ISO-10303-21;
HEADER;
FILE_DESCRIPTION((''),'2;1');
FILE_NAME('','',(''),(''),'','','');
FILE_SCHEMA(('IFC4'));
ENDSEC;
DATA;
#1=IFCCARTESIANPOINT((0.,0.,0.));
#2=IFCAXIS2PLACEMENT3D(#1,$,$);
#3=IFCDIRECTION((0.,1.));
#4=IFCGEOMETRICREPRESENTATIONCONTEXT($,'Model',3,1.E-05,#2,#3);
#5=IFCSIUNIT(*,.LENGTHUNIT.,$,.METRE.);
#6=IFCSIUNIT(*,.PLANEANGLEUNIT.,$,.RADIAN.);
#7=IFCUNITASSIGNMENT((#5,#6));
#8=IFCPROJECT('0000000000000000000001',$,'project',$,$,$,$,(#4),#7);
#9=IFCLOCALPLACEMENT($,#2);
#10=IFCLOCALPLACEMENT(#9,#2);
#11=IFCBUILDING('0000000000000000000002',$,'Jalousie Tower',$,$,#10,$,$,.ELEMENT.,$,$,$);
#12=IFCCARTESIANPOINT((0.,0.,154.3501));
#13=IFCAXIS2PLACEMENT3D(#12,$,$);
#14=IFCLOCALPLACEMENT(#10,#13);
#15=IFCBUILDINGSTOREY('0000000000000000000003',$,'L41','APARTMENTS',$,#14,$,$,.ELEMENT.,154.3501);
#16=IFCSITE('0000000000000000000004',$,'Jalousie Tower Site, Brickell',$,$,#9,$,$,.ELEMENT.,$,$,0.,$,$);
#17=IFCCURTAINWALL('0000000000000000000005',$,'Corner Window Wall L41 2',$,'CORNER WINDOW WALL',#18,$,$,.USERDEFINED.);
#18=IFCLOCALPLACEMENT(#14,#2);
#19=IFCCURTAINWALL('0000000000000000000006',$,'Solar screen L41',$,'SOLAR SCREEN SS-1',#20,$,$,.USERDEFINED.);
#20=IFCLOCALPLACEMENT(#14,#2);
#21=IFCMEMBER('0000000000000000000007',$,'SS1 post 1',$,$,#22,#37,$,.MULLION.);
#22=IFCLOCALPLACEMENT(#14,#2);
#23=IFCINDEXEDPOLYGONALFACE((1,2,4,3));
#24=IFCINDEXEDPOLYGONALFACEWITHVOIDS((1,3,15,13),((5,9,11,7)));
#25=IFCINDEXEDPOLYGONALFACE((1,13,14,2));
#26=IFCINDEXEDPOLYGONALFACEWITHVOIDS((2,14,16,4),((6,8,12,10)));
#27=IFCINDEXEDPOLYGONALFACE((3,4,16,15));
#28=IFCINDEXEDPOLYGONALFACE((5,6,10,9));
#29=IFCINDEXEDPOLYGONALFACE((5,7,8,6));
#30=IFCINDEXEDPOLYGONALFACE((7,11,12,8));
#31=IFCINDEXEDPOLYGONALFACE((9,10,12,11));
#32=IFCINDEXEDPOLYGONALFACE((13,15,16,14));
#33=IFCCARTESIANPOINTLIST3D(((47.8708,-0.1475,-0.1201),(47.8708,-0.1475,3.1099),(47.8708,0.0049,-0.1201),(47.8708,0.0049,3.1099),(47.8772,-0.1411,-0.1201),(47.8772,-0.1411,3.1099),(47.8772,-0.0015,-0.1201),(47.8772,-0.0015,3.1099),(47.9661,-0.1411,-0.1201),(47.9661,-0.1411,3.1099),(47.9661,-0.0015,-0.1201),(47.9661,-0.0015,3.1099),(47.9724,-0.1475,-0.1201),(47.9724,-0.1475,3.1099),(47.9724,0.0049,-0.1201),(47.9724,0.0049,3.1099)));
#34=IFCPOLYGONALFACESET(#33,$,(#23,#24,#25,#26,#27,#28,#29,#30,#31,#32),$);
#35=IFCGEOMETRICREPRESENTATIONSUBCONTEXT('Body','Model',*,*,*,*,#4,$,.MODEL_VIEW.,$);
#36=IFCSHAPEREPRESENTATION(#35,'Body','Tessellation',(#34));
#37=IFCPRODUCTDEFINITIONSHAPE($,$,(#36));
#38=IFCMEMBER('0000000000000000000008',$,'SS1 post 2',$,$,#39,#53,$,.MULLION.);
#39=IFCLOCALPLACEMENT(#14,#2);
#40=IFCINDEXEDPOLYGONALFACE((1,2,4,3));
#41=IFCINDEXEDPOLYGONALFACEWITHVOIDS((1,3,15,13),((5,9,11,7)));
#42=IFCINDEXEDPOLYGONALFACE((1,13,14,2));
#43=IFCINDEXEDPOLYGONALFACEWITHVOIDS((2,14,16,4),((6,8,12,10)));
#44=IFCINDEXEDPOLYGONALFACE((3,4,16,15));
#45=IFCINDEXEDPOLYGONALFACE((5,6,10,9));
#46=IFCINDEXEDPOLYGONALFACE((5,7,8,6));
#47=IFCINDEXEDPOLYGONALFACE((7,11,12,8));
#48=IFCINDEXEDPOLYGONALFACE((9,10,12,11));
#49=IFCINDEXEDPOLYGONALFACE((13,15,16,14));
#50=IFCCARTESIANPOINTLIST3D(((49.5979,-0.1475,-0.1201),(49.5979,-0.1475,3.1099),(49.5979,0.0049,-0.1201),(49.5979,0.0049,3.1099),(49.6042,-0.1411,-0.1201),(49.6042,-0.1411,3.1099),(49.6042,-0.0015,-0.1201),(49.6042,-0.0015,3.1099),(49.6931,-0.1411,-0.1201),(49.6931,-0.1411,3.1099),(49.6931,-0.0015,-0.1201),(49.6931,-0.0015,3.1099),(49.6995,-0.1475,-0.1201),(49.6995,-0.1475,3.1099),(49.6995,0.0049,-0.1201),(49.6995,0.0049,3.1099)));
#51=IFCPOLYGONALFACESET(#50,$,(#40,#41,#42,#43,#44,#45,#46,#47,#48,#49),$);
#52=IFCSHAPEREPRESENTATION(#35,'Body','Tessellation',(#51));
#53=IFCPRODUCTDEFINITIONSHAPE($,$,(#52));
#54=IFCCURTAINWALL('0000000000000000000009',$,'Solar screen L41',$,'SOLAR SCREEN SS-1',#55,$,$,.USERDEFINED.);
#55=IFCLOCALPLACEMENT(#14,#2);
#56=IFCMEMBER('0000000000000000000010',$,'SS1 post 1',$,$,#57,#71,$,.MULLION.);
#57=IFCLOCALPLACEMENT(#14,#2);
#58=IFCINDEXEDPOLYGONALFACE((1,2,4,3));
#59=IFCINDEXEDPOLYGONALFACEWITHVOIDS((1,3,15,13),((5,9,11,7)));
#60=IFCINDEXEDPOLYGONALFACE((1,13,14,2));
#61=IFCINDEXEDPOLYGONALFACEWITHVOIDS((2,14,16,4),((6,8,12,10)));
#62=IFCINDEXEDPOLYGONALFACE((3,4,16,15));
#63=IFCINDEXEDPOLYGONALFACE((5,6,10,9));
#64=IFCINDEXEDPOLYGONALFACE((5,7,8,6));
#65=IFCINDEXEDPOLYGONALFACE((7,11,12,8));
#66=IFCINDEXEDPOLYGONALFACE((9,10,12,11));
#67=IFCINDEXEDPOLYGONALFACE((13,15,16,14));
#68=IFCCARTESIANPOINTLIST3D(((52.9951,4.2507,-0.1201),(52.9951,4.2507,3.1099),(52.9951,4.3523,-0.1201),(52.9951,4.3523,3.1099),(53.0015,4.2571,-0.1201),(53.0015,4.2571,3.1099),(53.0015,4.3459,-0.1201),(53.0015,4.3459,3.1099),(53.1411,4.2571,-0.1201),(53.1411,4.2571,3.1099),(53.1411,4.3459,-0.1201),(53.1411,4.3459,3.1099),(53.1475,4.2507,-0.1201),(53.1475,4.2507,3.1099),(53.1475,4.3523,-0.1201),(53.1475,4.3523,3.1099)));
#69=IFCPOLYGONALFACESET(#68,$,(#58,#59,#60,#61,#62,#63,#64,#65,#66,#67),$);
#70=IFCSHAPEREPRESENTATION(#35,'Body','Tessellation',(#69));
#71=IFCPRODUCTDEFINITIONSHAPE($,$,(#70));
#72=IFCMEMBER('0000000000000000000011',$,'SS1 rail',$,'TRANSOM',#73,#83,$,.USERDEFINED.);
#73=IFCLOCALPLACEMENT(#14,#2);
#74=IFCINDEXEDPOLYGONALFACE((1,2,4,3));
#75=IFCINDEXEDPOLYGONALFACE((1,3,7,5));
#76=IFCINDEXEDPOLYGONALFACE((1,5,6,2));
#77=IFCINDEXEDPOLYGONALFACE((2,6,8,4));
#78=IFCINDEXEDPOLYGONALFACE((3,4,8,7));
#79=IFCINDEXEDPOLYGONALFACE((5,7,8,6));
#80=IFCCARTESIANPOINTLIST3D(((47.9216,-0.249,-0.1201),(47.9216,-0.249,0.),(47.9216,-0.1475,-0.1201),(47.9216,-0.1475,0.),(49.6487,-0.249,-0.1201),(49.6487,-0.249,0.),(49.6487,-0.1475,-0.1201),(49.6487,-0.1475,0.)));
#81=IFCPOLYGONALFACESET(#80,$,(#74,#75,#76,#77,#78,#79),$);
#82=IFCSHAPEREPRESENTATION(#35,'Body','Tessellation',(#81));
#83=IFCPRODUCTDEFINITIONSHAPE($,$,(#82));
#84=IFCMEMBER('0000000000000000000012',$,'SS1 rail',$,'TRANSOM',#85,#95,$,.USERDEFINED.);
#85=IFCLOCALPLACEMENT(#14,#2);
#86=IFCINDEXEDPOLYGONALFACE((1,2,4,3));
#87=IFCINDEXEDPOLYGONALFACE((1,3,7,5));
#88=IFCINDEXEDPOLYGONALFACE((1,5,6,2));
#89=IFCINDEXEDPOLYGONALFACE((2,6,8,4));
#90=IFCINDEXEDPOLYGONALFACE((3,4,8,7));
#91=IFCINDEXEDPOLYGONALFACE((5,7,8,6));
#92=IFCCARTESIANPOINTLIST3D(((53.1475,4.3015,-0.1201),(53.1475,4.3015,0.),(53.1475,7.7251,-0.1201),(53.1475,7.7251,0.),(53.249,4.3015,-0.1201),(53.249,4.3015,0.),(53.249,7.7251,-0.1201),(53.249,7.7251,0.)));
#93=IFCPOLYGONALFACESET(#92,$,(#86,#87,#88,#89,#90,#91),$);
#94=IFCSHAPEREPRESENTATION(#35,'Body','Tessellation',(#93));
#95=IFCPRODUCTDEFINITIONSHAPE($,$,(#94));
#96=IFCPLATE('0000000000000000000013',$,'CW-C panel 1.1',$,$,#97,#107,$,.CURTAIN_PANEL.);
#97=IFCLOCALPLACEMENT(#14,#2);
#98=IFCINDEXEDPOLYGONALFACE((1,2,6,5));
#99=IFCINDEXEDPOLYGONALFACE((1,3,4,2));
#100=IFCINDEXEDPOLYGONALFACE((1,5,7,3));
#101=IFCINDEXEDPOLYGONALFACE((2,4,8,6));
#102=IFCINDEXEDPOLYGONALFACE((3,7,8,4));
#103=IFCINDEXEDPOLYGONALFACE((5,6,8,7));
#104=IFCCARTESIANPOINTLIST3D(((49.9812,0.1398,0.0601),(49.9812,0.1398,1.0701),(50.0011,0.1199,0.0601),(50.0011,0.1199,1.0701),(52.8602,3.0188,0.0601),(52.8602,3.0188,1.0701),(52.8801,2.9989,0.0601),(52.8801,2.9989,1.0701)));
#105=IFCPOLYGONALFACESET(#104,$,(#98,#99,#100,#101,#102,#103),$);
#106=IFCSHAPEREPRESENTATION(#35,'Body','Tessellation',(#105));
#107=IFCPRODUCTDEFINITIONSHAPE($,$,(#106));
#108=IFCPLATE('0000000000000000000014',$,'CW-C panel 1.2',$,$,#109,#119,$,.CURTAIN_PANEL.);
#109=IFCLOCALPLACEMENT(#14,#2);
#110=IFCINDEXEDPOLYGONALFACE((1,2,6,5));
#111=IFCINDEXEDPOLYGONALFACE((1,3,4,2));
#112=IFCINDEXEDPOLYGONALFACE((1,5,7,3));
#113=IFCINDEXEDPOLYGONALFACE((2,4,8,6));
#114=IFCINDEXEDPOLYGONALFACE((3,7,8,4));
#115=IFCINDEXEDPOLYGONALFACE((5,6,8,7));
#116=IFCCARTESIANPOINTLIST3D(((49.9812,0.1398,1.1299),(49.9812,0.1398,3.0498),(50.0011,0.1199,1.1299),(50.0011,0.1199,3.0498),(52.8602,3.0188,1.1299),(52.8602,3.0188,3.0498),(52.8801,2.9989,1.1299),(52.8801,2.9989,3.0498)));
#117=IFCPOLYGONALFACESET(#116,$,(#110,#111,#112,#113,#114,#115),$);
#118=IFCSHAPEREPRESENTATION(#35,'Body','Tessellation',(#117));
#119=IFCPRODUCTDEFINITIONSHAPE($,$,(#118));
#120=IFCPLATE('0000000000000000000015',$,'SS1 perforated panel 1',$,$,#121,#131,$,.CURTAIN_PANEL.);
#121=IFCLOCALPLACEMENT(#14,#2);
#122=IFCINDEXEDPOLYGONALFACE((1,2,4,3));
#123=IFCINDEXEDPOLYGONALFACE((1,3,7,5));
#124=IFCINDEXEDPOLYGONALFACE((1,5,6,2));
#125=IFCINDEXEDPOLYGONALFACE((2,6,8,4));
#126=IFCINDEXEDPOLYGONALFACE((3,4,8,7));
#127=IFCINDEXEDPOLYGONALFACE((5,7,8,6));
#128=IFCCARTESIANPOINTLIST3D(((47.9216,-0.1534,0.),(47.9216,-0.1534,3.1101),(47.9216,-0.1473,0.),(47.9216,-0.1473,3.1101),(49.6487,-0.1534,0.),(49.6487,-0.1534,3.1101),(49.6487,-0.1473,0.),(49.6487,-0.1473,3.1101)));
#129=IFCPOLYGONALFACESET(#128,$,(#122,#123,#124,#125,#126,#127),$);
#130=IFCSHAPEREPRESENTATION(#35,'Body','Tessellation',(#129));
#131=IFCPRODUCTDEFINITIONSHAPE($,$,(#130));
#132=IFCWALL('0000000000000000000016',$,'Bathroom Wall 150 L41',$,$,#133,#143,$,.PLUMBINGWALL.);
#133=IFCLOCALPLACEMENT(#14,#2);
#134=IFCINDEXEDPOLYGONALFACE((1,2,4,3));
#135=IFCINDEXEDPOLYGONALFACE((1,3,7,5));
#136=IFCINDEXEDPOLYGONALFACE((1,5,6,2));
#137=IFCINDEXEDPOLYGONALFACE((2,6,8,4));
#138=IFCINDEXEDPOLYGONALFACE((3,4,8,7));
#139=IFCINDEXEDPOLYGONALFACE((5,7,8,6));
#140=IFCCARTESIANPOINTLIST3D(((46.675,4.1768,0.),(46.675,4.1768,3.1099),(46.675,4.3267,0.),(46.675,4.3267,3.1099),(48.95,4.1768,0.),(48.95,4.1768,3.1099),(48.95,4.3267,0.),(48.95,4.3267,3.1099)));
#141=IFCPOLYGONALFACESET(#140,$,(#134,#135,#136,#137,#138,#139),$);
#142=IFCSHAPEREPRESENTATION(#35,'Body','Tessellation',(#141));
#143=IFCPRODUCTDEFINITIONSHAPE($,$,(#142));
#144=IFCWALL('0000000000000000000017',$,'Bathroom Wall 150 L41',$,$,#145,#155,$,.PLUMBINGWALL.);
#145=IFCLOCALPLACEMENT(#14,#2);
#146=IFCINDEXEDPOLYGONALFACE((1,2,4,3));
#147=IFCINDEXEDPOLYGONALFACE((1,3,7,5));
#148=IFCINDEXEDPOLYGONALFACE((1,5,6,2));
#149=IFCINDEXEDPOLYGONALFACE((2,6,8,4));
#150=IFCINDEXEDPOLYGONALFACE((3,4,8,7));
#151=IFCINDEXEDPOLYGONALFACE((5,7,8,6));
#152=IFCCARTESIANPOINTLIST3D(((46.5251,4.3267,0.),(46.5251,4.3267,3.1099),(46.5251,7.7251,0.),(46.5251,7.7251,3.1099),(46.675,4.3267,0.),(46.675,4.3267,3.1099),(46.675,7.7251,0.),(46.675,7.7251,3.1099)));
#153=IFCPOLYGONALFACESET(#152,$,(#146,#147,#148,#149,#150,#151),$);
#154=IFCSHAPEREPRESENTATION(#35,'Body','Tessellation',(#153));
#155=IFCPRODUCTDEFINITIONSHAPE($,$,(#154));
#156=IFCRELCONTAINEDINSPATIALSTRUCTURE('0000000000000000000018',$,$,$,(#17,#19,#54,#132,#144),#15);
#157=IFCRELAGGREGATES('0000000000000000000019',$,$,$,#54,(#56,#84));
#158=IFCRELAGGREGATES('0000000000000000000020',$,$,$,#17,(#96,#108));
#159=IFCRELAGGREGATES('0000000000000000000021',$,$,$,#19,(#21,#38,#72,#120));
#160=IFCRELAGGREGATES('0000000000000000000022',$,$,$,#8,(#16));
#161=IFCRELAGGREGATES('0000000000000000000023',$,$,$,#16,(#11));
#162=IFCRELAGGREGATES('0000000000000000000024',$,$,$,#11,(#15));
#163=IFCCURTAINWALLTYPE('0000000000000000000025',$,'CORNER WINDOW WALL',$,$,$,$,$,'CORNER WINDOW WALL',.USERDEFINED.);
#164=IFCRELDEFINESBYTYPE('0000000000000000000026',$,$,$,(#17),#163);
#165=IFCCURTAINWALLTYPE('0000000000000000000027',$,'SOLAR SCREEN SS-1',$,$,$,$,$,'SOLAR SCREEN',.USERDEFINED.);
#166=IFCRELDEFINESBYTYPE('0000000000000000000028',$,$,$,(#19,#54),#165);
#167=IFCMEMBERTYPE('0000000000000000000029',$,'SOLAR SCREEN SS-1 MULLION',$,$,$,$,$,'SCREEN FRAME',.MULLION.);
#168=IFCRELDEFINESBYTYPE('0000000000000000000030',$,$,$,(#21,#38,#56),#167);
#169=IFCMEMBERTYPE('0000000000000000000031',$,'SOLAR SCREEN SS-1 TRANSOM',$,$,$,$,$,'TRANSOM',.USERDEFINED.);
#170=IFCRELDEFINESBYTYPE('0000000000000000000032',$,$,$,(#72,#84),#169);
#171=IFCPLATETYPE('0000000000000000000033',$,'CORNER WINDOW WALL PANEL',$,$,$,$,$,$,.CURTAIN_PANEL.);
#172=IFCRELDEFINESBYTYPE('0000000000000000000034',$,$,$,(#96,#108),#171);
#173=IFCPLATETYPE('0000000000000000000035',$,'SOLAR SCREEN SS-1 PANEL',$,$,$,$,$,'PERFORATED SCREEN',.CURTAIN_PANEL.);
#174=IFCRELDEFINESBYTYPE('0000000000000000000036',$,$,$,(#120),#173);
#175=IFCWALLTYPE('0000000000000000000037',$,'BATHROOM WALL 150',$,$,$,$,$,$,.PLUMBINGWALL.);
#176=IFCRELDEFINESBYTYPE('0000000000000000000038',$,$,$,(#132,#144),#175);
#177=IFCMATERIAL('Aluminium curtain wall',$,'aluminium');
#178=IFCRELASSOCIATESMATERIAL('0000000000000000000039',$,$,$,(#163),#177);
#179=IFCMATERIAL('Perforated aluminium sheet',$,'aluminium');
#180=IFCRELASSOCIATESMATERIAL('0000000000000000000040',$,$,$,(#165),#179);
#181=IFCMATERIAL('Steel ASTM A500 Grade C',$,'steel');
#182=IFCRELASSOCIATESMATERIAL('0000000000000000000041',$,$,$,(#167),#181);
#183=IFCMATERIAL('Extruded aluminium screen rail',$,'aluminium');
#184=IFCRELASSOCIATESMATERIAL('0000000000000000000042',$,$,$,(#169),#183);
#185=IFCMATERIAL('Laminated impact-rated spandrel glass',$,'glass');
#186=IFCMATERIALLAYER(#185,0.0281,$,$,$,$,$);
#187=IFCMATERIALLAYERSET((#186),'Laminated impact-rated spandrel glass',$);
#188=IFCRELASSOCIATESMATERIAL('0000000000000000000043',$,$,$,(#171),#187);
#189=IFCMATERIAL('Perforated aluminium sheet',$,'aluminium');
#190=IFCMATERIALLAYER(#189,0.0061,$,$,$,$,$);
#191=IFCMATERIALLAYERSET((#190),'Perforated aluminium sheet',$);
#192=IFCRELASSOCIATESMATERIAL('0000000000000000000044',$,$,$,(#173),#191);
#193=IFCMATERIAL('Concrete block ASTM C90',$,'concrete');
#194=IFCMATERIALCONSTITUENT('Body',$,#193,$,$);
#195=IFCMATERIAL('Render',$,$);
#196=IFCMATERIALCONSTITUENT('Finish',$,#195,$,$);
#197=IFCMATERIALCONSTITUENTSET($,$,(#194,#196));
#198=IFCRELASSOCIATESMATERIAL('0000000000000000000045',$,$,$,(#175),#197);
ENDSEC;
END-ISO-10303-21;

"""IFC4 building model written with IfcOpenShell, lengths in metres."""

from ifc_helpers import new_model, si_unit, direction, frame, frame_2d, origin, origin_2d, place, context, subcontext, project, spatial, rectangle, hollow_rectangle, extrude, material, layer, layer_set, constituent, constituent_set, material_profile, profile_set, type_object, element, aggregate, save


model = new_model("IFC4")

# Units and contexts
model_context = context("Model", 3, precision=1e-05, world=origin(), true_north=direction((0.0, 1.0)))
body_context = subcontext(model_context, "Body", "Model", "MODEL_VIEW")
ifc_project = project(units=[si_unit("LENGTHUNIT", "METRE"), si_unit("PLANEANGLEUNIT", "RADIAN")], contexts=[model_context])

# Site, building, storey
site_placement = place(None, origin())
site = spatial("IfcSite", under=ifc_project, at=site_placement, Name="Jalousie Tower Site, Brickell", CompositionType="ELEMENT", RefElevation=0.0)
building_placement = place(site_placement, origin())
building = spatial("IfcBuilding", under=site, at=building_placement, Name="Jalousie Tower", CompositionType="ELEMENT")
storey_placement = place(building_placement, frame((0.0, 0.0, 154.3501)))
storey = spatial("IfcBuildingStorey", under=building, at=storey_placement, Name="L41", Description="APARTMENTS", CompositionType="ELEMENT", Elevation=154.3501)

# Curtain wall
ifc_material_1 = material(Name="Aluminium curtain wall", Category="aluminium")
curtain_wall_type_1 = type_object("IfcCurtainWallType", Name="CORNER WINDOW WALL", ElementType="CORNER WINDOW WALL", PredefinedType="USERDEFINED", material=ifc_material_1)
curtain_wall_1_placement = place(storey_placement, origin())
curtain_wall_1 = element("IfcCurtainWall", 1, at=curtain_wall_1_placement, inside=storey, type_object=curtain_wall_type_1, Name="Corner Window Wall L41 2", ObjectType="CORNER WINDOW WALL", PredefinedType="USERDEFINED")

# Curtain wall, members
ifc_material_2 = material(Name="Perforated aluminium sheet", Category="aluminium")
curtain_wall_type_2 = type_object("IfcCurtainWallType", Name="SOLAR SCREEN SS-1", ElementType="SOLAR SCREEN", PredefinedType="USERDEFINED", material=ifc_material_2)
curtain_wall_2_placement = place(storey_placement, origin())
curtain_wall_2 = element("IfcCurtainWall", 2, at=curtain_wall_2_placement, inside=storey, type_object=curtain_wall_type_2, Name="Solar screen L41", ObjectType="SOLAR SCREEN SS-1", PredefinedType="USERDEFINED")
ifc_material_3 = material(Name="Steel ASTM A500 Grade C", Category="steel")
ifc_material_profile_1 = material_profile(ifc_material_3, hollow_rectangle(XDim=0.1016, YDim=0.1523, WallThickness=0.0063, at=origin_2d()), Name="HSS6X4X1/4")
ifc_profile_set_1 = profile_set([ifc_material_profile_1], Name="Steel ASTM A500 Grade C")
member_type_1 = type_object("IfcMemberType", Name="SOLAR SCREEN SS-1 MULLION", ElementType="SCREEN FRAME", PredefinedType="MULLION", material=ifc_profile_set_1)
member_1_placement = place(storey_placement, frame((47.9216, -0.0713, -0.1201), z_axis=(0.0, 0.0, 1.0), x_axis=(1.0, 0.0, 0.0)))
member_1 = element("IfcMember", 3, at=member_1_placement, type_object=member_type_1, Name="SS1 post 1", PredefinedType="MULLION", context=body_context, shape_type="SweptSolid", body=[
    extrude(hollow_rectangle(XDim=0.1016, YDim=0.1523, WallThickness=0.0063, at=origin_2d()), origin(), (0.0, 0.0, 1.0), 3.23),
])
member_2_placement = place(storey_placement, frame((49.6487, -0.0713, -0.1201), z_axis=(0.0, 0.0, 1.0), x_axis=(1.0, 0.0, 0.0)))
member_2 = element("IfcMember", 4, at=member_2_placement, type_object=member_type_1, Name="SS1 post 2", PredefinedType="MULLION", context=body_context, shape_type="SweptSolid", body=[
    extrude(hollow_rectangle(XDim=0.1016, YDim=0.1523, WallThickness=0.0063, at=origin_2d()), origin(), (0.0, 0.0, 1.0), 3.23),
])

# Curtain wall, member
curtain_wall_3_placement = place(storey_placement, origin())
curtain_wall_3 = element("IfcCurtainWall", 5, at=curtain_wall_3_placement, inside=storey, type_object=curtain_wall_type_2, Name="Solar screen L41", ObjectType="SOLAR SCREEN SS-1", PredefinedType="USERDEFINED")
member_3_placement = place(storey_placement, frame((53.0713, 4.3015, -0.1201), z_axis=(0.0, 0.0, 1.0), x_axis=(0.0, 1.0, 0.0)))
member_3 = element("IfcMember", 6, at=member_3_placement, type_object=member_type_1, Name="SS1 post 1", PredefinedType="MULLION", context=body_context, shape_type="SweptSolid", body=[
    extrude(hollow_rectangle(XDim=0.1016, YDim=0.1523, WallThickness=0.0063, at=origin_2d()), origin(), (0.0, 0.0, 1.0), 3.23),
])

# Members
ifc_material_4 = material(Name="Extruded aluminium screen rail", Category="aluminium")
ifc_material_profile_2 = material_profile(ifc_material_4, rectangle(XDim=0.1016, YDim=0.1201, at=origin_2d()), Name="RAIL 102x120")
ifc_profile_set_2 = profile_set([ifc_material_profile_2], Name="Extruded aluminium screen rail")
member_type_2 = type_object("IfcMemberType", Name="SOLAR SCREEN SS-1 TRANSOM", ElementType="TRANSOM", PredefinedType="USERDEFINED", material=ifc_profile_set_2)
member_4_placement = place(storey_placement, frame((47.9216, -0.1982, -0.0601), z_axis=(1.0, 0.0, 0.0), x_axis=(0.0, 1.0, 0.0)))
member_4 = element("IfcMember", 7, at=member_4_placement, type_object=member_type_2, Name="SS1 rail", ObjectType="TRANSOM", PredefinedType="USERDEFINED", context=body_context, shape_type="SweptSolid", body=[
    extrude(rectangle(XDim=0.1016, YDim=0.1201, at=origin_2d()), origin(), (0.0, 0.0, 1.0), 1.7271),
])
member_5_placement = place(storey_placement, frame((53.1982, 4.3015, -0.0601), z_axis=(0.0, 1.0, 0.0), x_axis=(-1.0, 0.0, 0.0)))
member_5 = element("IfcMember", 8, at=member_5_placement, type_object=member_type_2, Name="SS1 rail", ObjectType="TRANSOM", PredefinedType="USERDEFINED", context=body_context, shape_type="SweptSolid", body=[
    extrude(rectangle(XDim=0.1016, YDim=0.1201, at=origin_2d()), origin(), (0.0, 0.0, 1.0), 3.4236),
])
aggregate(curtain_wall_3, [member_3, member_5])

# Plates
ifc_material_5 = material(Name="Laminated impact-rated spandrel glass", Category="glass")
ifc_layer_1 = layer(ifc_material_5, 0.0281)
ifc_layer_set_1 = layer_set([ifc_layer_1], Name="Laminated impact-rated spandrel glass")
plate_type_1 = type_object("IfcPlateType", Name="CORNER WINDOW WALL PANEL", PredefinedType="CURTAIN_PANEL", material=ifc_layer_set_1)
plate_1_placement = place(storey_placement, frame((51.4307, 1.5693, 0.0601), z_axis=(0.0, 0.0, 1.0), x_axis=(0.707107, 0.707107, 0.0)))
plate_1 = element("IfcPlate", 9, at=plate_1_placement, type_object=plate_type_1, Name="CW-C panel 1.1", PredefinedType="CURTAIN_PANEL", context=body_context, shape_type="SweptSolid", body=[
    extrude(rectangle(XDim=4.0715, YDim=0.0281, at=origin_2d()), origin(), (0.0, 0.0, 1.0), 1.01),
])
plate_2_placement = place(storey_placement, frame((51.4307, 1.5693, 1.1299), z_axis=(0.0, 0.0, 1.0), x_axis=(0.707107, 0.707107, 0.0)))
plate_2 = element("IfcPlate", 10, at=plate_2_placement, type_object=plate_type_1, Name="CW-C panel 1.2", PredefinedType="CURTAIN_PANEL", context=body_context, shape_type="SweptSolid", body=[
    extrude(rectangle(XDim=4.0715, YDim=0.0281, at=origin_2d()), origin(), (0.0, 0.0, 1.0), 1.9199),
])
aggregate(curtain_wall_1, [plate_1, plate_2])
ifc_material_6 = material(Name="Perforated aluminium sheet", Category="aluminium")
ifc_layer_2 = layer(ifc_material_6, 0.0061)
ifc_layer_set_2 = layer_set([ifc_layer_2], Name="Perforated aluminium sheet")
plate_type_2 = type_object("IfcPlateType", Name="SOLAR SCREEN SS-1 PANEL", ElementType="PERFORATED SCREEN", PredefinedType="CURTAIN_PANEL", material=ifc_layer_set_2)
plate_3_placement = place(storey_placement, frame((48.7852, -0.1504, 0.0), z_axis=(0.0, 0.0, 1.0), x_axis=(1.0, 0.0, 0.0)))
plate_3 = element("IfcPlate", 11, at=plate_3_placement, type_object=plate_type_2, Name="SS1 perforated panel 1", PredefinedType="CURTAIN_PANEL", context=body_context, shape_type="SweptSolid", body=[
    extrude(rectangle(XDim=1.7271, YDim=0.0061, at=origin_2d()), origin(), (0.0, 0.0, 1.0), 3.1101),
])
aggregate(curtain_wall_2, [member_1, member_2, member_4, plate_3])

# Walls
ifc_material_7 = material(Name="Concrete block ASTM C90", Category="concrete")
ifc_constituent_1 = constituent(ifc_material_7, Name="Body")
ifc_material_8 = material(Name="Render")
ifc_constituent_2 = constituent(ifc_material_8, Name="Finish")
ifc_constituent_set_1 = constituent_set(constituents=[ifc_constituent_1, ifc_constituent_2])
wall_type_1 = type_object("IfcWallType", Name="BATHROOM WALL 150", PredefinedType="PLUMBINGWALL", material=ifc_constituent_set_1)
wall_1_placement = place(storey_placement, frame((46.675, 4.2517, 0.0), z_axis=(0.0, 0.0, 1.0), x_axis=(1.0, 0.0, 0.0)))
element("IfcWall", 12, at=wall_1_placement, inside=storey, type_object=wall_type_1, Name="Bathroom Wall 150 L41", PredefinedType="PLUMBINGWALL", context=body_context, shape_type="SweptSolid", body=[
    extrude(rectangle(XDim=2.2749, YDim=0.1499, at=frame_2d((1.1375, 0.0))), origin(), (0.0, 0.0, 1.0), 3.1099),
])
wall_2_placement = place(storey_placement, frame((46.6001, 4.3267, 0.0), z_axis=(0.0, 0.0, 1.0), x_axis=(0.0, 1.0, 0.0)))
element("IfcWall", 13, at=wall_2_placement, inside=storey, type_object=wall_type_1, Name="Bathroom Wall 150 L41", PredefinedType="PLUMBINGWALL", context=body_context, shape_type="SweptSolid", body=[
    extrude(rectangle(XDim=3.3984, YDim=0.1499, at=frame_2d((1.6992, 0.0))), origin(), (0.0, 0.0, 1.0), 3.1099),
])

save(model, "model.ifc")
